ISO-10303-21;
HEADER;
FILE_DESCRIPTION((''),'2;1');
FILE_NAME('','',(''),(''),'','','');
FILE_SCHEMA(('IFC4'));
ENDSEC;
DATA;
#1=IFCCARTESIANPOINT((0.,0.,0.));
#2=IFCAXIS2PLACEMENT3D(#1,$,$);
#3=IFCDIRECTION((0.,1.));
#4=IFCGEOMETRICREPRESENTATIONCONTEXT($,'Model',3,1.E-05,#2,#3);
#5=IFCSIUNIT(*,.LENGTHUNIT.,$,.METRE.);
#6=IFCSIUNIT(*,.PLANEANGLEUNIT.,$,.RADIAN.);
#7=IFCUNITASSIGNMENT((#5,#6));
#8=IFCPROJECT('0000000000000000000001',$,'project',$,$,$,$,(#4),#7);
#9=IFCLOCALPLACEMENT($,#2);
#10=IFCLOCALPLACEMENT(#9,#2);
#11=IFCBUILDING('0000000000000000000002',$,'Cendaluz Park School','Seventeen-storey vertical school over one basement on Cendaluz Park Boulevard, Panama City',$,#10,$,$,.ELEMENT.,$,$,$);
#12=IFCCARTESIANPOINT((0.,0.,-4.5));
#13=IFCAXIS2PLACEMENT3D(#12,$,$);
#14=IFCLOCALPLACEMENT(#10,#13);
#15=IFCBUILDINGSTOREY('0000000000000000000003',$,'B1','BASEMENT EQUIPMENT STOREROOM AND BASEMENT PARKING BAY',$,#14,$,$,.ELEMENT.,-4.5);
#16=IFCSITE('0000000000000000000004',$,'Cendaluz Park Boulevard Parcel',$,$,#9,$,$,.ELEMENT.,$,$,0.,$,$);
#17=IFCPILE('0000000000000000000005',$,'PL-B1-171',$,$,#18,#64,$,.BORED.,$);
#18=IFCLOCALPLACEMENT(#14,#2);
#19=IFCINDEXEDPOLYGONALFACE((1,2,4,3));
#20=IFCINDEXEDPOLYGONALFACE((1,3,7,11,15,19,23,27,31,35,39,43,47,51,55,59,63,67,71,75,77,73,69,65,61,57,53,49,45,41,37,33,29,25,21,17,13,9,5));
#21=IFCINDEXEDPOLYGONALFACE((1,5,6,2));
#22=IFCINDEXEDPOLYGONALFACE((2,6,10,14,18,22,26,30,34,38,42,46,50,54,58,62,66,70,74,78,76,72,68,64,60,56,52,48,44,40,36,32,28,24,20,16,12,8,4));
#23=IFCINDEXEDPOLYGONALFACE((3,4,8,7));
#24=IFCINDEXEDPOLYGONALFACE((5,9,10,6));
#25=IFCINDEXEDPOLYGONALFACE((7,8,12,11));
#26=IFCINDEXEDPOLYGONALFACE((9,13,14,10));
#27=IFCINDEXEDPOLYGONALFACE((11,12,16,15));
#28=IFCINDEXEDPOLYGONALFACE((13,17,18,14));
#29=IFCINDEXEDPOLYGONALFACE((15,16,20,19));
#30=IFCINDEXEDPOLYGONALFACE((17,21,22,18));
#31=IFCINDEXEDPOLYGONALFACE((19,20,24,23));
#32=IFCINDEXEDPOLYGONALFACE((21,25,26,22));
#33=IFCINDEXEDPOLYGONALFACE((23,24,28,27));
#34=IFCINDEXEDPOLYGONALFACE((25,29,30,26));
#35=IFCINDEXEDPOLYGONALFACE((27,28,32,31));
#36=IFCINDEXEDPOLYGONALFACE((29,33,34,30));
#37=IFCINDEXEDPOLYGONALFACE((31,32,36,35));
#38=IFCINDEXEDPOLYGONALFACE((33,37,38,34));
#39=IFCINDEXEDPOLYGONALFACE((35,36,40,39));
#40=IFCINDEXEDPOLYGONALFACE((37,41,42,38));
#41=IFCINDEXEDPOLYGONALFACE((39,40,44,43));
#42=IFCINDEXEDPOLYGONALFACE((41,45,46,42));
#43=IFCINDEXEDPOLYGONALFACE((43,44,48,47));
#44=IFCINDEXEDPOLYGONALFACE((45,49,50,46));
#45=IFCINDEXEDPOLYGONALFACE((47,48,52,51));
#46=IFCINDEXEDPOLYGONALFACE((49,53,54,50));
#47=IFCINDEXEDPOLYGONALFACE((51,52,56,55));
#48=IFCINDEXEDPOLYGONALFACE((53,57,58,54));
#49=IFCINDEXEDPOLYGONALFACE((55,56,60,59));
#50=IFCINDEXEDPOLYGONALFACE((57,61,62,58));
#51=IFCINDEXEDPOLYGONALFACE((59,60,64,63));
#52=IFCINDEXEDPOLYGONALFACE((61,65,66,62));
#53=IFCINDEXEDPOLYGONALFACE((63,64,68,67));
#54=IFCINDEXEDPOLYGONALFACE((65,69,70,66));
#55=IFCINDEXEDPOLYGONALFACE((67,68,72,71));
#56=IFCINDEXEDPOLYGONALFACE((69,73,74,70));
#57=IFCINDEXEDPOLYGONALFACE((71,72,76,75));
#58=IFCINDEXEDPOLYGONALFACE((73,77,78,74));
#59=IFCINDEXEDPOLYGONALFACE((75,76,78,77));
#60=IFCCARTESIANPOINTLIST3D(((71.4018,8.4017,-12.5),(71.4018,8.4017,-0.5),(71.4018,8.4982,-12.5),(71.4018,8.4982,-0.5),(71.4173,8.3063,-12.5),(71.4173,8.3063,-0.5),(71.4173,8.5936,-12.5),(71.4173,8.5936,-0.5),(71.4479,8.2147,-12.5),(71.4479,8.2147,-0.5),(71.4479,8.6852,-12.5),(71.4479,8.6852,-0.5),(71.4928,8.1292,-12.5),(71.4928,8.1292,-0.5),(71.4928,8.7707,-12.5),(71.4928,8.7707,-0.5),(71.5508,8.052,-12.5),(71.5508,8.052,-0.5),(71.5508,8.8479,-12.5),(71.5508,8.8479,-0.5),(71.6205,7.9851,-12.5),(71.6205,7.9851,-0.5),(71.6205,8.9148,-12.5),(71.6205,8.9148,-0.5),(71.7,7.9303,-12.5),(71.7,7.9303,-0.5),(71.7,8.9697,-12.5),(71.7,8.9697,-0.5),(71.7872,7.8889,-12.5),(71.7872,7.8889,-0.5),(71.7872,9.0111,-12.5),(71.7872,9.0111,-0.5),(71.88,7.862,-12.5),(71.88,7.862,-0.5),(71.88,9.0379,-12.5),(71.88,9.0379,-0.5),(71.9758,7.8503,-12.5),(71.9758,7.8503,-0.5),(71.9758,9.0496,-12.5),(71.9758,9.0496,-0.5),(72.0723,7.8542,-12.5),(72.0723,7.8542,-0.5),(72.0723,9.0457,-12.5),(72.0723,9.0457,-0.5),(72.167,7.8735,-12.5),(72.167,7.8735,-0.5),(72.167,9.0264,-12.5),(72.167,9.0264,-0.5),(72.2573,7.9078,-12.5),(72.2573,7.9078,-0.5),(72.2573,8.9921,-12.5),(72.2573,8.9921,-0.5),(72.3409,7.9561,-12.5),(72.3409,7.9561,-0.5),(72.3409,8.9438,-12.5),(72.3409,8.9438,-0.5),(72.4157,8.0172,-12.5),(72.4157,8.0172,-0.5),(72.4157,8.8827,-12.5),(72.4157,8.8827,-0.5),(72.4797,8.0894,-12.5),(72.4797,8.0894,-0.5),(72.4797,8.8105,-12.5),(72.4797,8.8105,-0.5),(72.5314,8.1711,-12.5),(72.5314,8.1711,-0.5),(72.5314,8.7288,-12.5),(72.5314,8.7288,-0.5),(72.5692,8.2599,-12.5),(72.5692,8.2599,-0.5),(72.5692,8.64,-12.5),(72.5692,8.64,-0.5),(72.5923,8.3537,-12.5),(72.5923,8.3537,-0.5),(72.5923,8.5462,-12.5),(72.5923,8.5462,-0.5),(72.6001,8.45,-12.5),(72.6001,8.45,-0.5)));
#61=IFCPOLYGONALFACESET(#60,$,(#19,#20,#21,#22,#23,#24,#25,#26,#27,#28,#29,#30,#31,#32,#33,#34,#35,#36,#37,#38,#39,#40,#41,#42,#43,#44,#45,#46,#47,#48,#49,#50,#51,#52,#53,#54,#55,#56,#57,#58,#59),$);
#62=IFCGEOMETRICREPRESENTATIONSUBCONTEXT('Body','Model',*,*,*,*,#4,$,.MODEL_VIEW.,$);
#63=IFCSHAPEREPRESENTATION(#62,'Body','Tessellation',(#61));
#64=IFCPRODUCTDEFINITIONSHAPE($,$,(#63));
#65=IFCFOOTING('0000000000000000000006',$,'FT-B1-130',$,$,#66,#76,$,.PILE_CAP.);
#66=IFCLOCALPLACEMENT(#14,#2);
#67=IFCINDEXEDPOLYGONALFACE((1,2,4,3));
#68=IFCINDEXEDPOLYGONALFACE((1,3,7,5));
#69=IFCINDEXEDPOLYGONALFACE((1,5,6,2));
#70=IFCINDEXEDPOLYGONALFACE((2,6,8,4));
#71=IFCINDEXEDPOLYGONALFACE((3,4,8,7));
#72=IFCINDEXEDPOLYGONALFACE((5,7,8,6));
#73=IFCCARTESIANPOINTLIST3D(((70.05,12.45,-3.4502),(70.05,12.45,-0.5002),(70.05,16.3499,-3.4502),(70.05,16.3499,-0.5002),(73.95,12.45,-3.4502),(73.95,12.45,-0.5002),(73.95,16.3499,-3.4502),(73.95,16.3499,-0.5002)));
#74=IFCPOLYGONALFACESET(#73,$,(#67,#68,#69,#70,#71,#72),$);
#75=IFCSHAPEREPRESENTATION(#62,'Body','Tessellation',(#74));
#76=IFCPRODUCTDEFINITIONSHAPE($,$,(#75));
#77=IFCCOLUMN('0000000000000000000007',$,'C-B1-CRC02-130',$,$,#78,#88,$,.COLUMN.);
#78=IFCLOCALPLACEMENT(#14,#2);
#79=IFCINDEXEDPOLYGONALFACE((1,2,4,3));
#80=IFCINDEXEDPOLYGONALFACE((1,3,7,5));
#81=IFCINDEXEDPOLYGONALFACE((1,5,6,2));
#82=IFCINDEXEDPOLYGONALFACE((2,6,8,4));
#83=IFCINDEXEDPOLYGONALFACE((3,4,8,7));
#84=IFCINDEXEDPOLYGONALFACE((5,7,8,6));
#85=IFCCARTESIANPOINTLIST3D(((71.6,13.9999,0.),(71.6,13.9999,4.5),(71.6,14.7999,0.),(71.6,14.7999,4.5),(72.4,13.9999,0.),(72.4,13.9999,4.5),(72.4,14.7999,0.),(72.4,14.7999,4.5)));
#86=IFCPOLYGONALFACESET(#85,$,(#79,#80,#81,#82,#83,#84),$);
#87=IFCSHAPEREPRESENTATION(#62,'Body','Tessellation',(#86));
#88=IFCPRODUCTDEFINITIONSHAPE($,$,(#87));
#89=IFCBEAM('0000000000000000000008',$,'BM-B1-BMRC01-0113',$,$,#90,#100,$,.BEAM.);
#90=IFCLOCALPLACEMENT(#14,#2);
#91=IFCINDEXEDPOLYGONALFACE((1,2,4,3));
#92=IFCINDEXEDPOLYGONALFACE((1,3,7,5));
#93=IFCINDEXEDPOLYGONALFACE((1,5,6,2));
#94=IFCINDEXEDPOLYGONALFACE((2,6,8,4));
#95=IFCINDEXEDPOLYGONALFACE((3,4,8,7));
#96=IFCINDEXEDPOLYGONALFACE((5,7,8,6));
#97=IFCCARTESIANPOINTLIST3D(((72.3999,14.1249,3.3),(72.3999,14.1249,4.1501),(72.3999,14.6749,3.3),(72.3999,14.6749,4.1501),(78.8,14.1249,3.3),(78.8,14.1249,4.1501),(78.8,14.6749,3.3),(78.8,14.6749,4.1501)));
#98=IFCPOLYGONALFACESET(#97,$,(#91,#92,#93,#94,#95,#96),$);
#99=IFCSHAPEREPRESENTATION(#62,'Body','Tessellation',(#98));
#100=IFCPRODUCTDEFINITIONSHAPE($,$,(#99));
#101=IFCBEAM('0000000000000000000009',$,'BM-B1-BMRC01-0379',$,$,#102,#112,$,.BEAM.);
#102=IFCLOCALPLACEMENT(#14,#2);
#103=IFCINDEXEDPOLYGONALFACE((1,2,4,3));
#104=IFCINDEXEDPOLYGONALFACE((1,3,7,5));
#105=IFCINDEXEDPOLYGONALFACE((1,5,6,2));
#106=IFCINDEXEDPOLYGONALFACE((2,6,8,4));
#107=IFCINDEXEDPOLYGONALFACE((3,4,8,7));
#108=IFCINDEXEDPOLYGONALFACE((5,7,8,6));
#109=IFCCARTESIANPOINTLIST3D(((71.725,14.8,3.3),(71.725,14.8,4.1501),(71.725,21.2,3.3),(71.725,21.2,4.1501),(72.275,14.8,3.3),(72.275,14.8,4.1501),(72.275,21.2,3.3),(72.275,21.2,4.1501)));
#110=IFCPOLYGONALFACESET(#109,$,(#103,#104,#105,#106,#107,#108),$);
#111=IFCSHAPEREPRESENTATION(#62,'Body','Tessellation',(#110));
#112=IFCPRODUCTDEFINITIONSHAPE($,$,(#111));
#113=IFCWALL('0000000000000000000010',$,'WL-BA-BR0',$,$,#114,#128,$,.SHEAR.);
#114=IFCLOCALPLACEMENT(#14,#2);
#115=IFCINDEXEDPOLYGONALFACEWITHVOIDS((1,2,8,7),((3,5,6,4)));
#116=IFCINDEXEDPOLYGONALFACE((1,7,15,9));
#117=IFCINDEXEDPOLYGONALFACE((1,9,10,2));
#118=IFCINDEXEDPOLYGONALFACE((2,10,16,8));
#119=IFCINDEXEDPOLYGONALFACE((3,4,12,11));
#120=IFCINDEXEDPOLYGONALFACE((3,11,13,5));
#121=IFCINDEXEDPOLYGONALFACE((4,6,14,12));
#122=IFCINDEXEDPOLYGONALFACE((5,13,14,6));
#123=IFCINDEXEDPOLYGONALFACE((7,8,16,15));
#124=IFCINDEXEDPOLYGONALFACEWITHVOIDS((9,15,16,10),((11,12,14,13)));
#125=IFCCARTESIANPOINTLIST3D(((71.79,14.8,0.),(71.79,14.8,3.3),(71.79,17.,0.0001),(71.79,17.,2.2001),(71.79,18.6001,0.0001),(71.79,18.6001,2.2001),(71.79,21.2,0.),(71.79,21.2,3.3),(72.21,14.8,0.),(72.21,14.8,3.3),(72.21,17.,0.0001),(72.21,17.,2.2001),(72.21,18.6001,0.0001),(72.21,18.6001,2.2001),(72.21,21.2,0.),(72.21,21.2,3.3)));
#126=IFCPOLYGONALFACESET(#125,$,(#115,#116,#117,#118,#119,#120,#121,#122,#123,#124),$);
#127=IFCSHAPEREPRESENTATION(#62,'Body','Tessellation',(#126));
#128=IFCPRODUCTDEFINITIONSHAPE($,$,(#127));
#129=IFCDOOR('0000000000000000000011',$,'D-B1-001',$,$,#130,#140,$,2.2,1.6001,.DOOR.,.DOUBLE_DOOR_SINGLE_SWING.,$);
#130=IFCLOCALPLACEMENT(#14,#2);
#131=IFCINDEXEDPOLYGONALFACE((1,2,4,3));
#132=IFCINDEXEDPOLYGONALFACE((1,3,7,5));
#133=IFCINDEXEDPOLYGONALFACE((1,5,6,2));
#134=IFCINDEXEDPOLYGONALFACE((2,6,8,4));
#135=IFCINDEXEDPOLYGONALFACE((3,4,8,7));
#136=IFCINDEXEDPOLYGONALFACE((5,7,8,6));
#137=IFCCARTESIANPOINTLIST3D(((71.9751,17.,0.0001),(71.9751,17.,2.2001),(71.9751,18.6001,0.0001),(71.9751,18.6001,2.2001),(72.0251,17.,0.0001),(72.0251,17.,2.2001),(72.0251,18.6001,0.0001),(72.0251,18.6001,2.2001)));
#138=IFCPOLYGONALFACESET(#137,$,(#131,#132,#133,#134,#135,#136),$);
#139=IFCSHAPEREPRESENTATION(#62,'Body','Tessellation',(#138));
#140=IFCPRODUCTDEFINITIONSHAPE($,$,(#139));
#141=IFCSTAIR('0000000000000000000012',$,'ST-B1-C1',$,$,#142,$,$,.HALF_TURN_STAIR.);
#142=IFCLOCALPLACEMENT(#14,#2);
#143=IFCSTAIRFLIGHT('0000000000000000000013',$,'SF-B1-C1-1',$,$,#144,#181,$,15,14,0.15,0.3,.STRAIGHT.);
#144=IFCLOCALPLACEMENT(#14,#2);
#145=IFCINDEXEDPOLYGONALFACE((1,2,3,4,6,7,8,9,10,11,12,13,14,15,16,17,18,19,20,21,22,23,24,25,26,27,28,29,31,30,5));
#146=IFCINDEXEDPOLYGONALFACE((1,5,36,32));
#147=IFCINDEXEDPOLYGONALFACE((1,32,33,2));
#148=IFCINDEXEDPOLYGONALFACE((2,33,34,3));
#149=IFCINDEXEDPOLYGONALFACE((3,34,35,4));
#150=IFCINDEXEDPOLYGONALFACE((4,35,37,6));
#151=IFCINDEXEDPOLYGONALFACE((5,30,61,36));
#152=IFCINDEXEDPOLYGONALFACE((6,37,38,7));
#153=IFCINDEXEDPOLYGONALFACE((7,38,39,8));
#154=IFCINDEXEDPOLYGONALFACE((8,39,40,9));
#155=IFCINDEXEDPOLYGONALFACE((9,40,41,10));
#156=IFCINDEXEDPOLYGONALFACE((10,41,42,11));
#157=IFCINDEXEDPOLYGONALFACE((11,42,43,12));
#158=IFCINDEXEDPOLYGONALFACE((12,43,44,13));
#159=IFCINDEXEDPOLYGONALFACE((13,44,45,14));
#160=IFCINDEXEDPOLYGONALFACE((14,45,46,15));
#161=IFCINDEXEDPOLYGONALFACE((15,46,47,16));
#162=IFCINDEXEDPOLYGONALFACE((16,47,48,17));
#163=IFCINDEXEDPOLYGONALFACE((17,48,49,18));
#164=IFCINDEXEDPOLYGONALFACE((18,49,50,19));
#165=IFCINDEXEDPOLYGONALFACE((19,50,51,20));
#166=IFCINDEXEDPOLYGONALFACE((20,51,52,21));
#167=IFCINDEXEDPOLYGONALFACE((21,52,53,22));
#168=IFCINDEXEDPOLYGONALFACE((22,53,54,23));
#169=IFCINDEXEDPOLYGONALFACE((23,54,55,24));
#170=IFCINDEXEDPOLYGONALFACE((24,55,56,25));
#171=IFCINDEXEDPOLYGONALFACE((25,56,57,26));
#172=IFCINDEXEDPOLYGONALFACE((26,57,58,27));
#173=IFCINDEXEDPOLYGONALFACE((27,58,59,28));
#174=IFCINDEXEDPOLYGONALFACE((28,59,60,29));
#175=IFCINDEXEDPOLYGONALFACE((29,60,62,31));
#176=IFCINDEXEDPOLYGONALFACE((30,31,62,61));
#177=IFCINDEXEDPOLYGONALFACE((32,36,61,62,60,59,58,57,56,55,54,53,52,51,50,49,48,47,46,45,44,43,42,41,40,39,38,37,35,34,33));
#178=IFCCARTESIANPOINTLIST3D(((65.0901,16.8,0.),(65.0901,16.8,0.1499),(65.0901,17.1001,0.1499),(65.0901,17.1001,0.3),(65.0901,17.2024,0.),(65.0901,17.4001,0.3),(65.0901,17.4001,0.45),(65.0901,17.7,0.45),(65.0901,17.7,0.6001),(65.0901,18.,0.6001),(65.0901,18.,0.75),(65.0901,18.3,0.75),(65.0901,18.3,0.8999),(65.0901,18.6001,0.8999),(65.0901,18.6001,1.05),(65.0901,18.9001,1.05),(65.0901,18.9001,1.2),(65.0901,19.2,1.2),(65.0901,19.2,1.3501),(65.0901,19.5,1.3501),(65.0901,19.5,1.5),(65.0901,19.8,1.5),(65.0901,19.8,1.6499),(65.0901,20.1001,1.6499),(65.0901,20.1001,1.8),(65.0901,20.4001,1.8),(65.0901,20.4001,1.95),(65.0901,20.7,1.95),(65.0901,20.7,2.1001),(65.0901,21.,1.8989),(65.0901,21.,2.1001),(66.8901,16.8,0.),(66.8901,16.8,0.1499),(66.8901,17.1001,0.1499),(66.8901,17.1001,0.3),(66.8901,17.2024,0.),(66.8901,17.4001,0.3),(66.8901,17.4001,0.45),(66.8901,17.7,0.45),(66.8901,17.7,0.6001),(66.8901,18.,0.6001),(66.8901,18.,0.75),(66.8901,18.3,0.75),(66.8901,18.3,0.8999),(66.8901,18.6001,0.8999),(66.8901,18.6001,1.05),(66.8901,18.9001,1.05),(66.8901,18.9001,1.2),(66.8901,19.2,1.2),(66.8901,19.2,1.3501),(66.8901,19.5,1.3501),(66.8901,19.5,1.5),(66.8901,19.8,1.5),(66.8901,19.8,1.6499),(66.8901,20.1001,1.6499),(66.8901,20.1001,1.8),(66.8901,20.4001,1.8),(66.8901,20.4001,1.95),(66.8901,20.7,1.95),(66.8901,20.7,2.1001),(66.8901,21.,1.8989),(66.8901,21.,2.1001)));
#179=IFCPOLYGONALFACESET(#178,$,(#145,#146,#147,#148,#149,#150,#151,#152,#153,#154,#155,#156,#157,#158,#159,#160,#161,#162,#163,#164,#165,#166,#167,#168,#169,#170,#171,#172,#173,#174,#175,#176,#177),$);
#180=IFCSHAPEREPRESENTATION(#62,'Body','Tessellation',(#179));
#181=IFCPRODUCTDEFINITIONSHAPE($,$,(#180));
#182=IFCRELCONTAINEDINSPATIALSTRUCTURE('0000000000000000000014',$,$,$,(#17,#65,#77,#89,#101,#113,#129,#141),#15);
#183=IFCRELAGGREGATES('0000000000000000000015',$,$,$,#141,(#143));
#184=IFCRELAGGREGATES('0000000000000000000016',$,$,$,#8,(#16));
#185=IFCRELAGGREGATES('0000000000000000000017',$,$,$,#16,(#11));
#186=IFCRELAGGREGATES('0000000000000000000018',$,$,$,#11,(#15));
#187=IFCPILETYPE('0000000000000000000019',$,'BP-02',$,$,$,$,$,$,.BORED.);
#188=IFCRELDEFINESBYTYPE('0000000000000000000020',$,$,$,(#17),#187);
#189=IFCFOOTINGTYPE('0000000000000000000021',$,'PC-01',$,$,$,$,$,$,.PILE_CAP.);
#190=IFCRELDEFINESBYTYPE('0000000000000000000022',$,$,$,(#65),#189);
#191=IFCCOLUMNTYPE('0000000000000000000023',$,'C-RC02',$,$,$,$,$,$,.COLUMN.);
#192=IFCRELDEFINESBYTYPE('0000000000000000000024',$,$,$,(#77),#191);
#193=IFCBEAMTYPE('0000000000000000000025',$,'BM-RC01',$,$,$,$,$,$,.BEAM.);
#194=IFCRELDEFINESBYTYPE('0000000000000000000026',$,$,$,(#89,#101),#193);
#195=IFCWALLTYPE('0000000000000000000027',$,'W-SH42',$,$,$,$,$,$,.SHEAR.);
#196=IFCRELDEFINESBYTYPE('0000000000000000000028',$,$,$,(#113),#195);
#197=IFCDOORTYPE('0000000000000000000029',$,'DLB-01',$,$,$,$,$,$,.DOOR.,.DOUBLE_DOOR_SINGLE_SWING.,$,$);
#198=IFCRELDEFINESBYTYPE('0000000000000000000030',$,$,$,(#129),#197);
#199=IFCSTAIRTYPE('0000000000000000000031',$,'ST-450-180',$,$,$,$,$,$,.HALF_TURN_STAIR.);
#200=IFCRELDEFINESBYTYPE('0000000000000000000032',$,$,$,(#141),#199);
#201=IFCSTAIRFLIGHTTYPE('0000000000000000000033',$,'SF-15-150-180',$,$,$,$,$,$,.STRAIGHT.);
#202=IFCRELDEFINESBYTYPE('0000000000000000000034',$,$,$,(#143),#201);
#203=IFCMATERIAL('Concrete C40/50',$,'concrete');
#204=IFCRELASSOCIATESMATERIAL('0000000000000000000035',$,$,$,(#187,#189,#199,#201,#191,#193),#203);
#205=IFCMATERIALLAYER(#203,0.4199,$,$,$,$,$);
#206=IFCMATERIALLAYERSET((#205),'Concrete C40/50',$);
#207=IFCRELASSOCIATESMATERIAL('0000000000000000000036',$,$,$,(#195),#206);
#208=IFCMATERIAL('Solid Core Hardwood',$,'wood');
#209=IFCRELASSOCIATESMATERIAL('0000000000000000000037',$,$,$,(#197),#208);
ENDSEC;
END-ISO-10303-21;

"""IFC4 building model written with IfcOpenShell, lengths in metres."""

from ifc_helpers import new_model, si_unit, direction, frame, frame_2d, origin, origin_2d, place, context, subcontext, project, spatial, polyline, rectangle, circle, outline, extrude, material, layer, layer_set, material_profile, profile_set, type_object, element, fill, aggregate, save


model = new_model("IFC4")

# Units and contexts
model_context = context("Model", 3, precision=1e-05, world=origin(), true_north=direction((0.0, 1.0)))
body_context = subcontext(model_context, "Body", "Model", "MODEL_VIEW")
ifc_project = project(units=[si_unit("LENGTHUNIT", "METRE"), si_unit("PLANEANGLEUNIT", "RADIAN")], contexts=[model_context])

# Site, building, storey
site_placement = place(None, origin())
site = spatial("IfcSite", under=ifc_project, at=site_placement, Name="Cendaluz Park Boulevard Parcel", CompositionType="ELEMENT", RefElevation=0.0)
building_placement = place(site_placement, origin())
building = spatial("IfcBuilding", under=site, at=building_placement, Name="Cendaluz Park School", Description="Seventeen-storey vertical school over one basement on Cendaluz Park Boulevard, Panama City", CompositionType="ELEMENT")
storey_placement = place(building_placement, frame((0.0, 0.0, -4.5)))
storey = spatial("IfcBuildingStorey", under=building, at=storey_placement, Name="B1", Description="BASEMENT EQUIPMENT STOREROOM AND BASEMENT PARKING BAY", CompositionType="ELEMENT", Elevation=-4.5)

# Pile
ifc_material_1 = material(Name="Concrete C40/50", Category="concrete")
ifc_material_profile_1 = material_profile(ifc_material_1, circle(Radius=0.6001, at=origin_2d()), Name="BP D1200", Category="concrete")
ifc_profile_set_1 = profile_set([ifc_material_profile_1], Name="Concrete C40/50")
pile_type_1 = type_object("IfcPileType", Name="BP-02", PredefinedType="BORED", material=ifc_profile_set_1)
pile_placement = place(storey_placement, frame((72.0, 8.45, -0.5), z_axis=(0.0, 0.0, -1.0), x_axis=(1.0, 0.0, 0.0)))
element("IfcPile", 1, at=pile_placement, inside=storey, type_object=pile_type_1, Name="PL-B1-171", PredefinedType="BORED", context=body_context, shape_type="SweptSolid", body=[
    extrude(circle(Radius=0.6001, at=origin_2d()), origin(), (0.0, 0.0, 1.0), 12.0),
])

# Footing
footing_type = type_object("IfcFootingType", Name="PC-01", PredefinedType="PILE_CAP", material=ifc_material_1)
footing_placement = place(storey_placement, frame((72.0, 14.3999, -3.4502), z_axis=(0.0, 0.0, 1.0), x_axis=(1.0, 0.0, 0.0)))
element("IfcFooting", 2, at=footing_placement, inside=storey, type_object=footing_type, Name="FT-B1-130", PredefinedType="PILE_CAP", context=body_context, shape_type="SweptSolid", body=[
    extrude(rectangle(XDim=3.8999, YDim=3.8999, at=origin_2d()), origin(), (0.0, 0.0, 1.0), 2.95),
])

# Column
ifc_material_profile_2 = material_profile(ifc_material_1, rectangle(XDim=0.8, YDim=0.8, at=origin_2d()), Name="RC 800x800", Category="concrete")
ifc_profile_set_2 = profile_set([ifc_material_profile_2], Name="Concrete C40/50")
column_type = type_object("IfcColumnType", Name="C-RC02", PredefinedType="COLUMN", material=ifc_profile_set_2)
column_placement = place(storey_placement, frame((72.0, 14.3999, 0.0), z_axis=(0.0, 0.0, 1.0), x_axis=(1.0, 0.0, 0.0)))
element("IfcColumn", 3, at=column_placement, inside=storey, type_object=column_type, Name="C-B1-CRC02-130", PredefinedType="COLUMN", context=body_context, shape_type="SweptSolid", body=[
    extrude(rectangle(XDim=0.8, YDim=0.8, at=origin_2d()), origin(), (0.0, 0.0, 1.0), 4.5),
])

# Beams
ifc_material_profile_3 = material_profile(ifc_material_1, rectangle(XDim=0.55, YDim=0.8501, at=origin_2d()), Name="RC 550x850", Category="concrete")
ifc_profile_set_3 = profile_set([ifc_material_profile_3], Name="Concrete C40/50")
beam_type = type_object("IfcBeamType", Name="BM-RC01", PredefinedType="BEAM", material=ifc_profile_set_3)
beam_1_placement = place(storey_placement, frame((72.3999, 14.3999, 3.7251), z_axis=(1.0, 0.0, 0.0), x_axis=(0.0, 1.0, 0.0)))
element("IfcBeam", 4, at=beam_1_placement, inside=storey, type_object=beam_type, Name="BM-B1-BMRC01-0113", PredefinedType="BEAM", context=body_context, shape_type="SweptSolid", body=[
    extrude(rectangle(XDim=0.55, YDim=0.8501, at=origin_2d()), origin(), (0.0, 0.0, 1.0), 6.4001),
])
beam_2_placement = place(storey_placement, frame((72.0, 14.8, 3.7251), z_axis=(0.0, 1.0, 0.0), x_axis=(-1.0, 0.0, 0.0)))
element("IfcBeam", 5, at=beam_2_placement, inside=storey, type_object=beam_type, Name="BM-B1-BMRC01-0379", PredefinedType="BEAM", context=body_context, shape_type="SweptSolid", body=[
    extrude(rectangle(XDim=0.55, YDim=0.8501, at=origin_2d()), origin(), (0.0, 0.0, 1.0), 6.3999),
])

# Shared definitions
ifc_material_2 = material(Name="Solid Core Hardwood", Category="wood")

# Wall, opening, door
ifc_layer_1 = layer(ifc_material_1, 0.4199)
ifc_layer_set_1 = layer_set([ifc_layer_1], Name="Concrete C40/50")
wall_type_1 = type_object("IfcWallType", Name="W-SH42", PredefinedType="SHEAR", material=ifc_layer_set_1)
wall_1_placement = place(storey_placement, frame((72.0, 14.8, 0.0), z_axis=(0.0, 0.0, 1.0), x_axis=(0.0, 1.0, 0.0)))
wall_1 = element("IfcWall", 6, at=wall_1_placement, inside=storey, type_object=wall_type_1, Name="WL-BA-BR0", PredefinedType="SHEAR", context=body_context, shape_type="SweptSolid", body=[
    extrude(rectangle(XDim=6.3999, YDim=0.4199, at=frame_2d((3.2, 0.0))), origin(), (0.0, 0.0, 1.0), 3.3),
])
opening_1_placement = place(wall_1_placement, frame((2.2, 0.0, 0.0)))
opening_1 = element("IfcOpeningElement", 7, at=opening_1_placement, cuts=wall_1, PredefinedType="OPENING", context=body_context, shape_type="SweptSolid", body=[
    extrude(rectangle(XDim=1.6001, YDim=2.2, at=frame_2d((0.8, 1.1001))), frame((0.0, 0.2219, 0.0), z_axis=(0.0, -1.0, 0.0), x_axis=(1.0, 0.0, 0.0)), (0.0, 0.0, 1.0), 0.4438),
])
door_type_1 = type_object("IfcDoorType", Name="DLB-01", OperationType="DOUBLE_DOOR_SINGLE_SWING", PredefinedType="DOOR", material=ifc_material_2)
door_1_placement = place(opening_1_placement, origin())
door_1 = element("IfcDoor", 8, at=door_1_placement, inside=storey, type_object=door_type_1, Name="D-B1-001", OperationType="DOUBLE_DOOR_SINGLE_SWING", OverallHeight=2.2, OverallWidth=1.6001, PredefinedType="DOOR", context=body_context, shape_type="SweptSolid", body=[
    extrude(rectangle(XDim=1.6001, YDim=2.2, at=frame_2d((0.8, 1.1001))), frame((0.0, 0.0249, 0.0), z_axis=(0.0, -1.0, 0.0), x_axis=(1.0, 0.0, 0.0)), (0.0, 0.0, 1.0), 0.05),
])
fill(opening_1, door_1)

# Stair, stair flight
stair_type = type_object("IfcStairType", Name="ST-450-180", PredefinedType="HALF_TURN_STAIR", material=ifc_material_1)
stair_placement = place(storey_placement, origin())
stair = element("IfcStair", 9, at=stair_placement, inside=storey, type_object=stair_type, Name="ST-B1-C1", PredefinedType="HALF_TURN_STAIR")
stair_flight_type = type_object("IfcStairFlightType", Name="SF-15-150-180", PredefinedType="STRAIGHT", material=ifc_material_1)
stair_flight_1_placement = place(storey_placement, frame((65.99, 16.8, 0.0), z_axis=(0.0, 0.0, 1.0), x_axis=(0.0, 1.0, 0.0)))
stair_flight_1 = element("IfcStairFlight", 10, at=stair_flight_1_placement, type_object=stair_flight_type, Name="SF-B1-C1-1", NumberOfRisers=15, NumberOfTreads=14, PredefinedType="STRAIGHT", RiserHeight=0.15, TreadLength=0.3, context=body_context, shape_type="SweptSolid", body=[
    extrude(outline(polyline([(0.0, 0.0), (0.0, 0.1499), (0.3, 0.1499), (0.3, 0.3), (0.6001, 0.3), (0.6001, 0.45), (0.8999, 0.45), (0.8999, 0.6001), (1.2, 0.6001), (1.2, 0.75), (1.5, 0.75), (1.5, 0.8999), (1.8, 0.8999), (1.8, 1.05), (2.1001, 1.05), (2.1001, 1.2), (2.3999, 1.2), (2.3999, 1.3501), (2.7, 1.3501), (2.7, 1.5), (3.0, 1.5), (3.0, 1.6499), (3.3, 1.6499), (3.3, 1.8), (3.6001, 1.8), (3.6001, 1.95), (3.8999, 1.95), (3.8999, 2.1001), (4.2, 2.1001), (4.2, 2.25), (4.2, 1.8989), (0.4023, 0.0), (0.0, 0.0)])), frame((0.0, 0.8999, 0.0), z_axis=(0.0, -1.0, 0.0), x_axis=(1.0, 0.0, 0.0)), (0.0, 0.0, 1.0), 1.8),
])
aggregate(stair, [stair_flight_1])

save(model, "model.ifc")
